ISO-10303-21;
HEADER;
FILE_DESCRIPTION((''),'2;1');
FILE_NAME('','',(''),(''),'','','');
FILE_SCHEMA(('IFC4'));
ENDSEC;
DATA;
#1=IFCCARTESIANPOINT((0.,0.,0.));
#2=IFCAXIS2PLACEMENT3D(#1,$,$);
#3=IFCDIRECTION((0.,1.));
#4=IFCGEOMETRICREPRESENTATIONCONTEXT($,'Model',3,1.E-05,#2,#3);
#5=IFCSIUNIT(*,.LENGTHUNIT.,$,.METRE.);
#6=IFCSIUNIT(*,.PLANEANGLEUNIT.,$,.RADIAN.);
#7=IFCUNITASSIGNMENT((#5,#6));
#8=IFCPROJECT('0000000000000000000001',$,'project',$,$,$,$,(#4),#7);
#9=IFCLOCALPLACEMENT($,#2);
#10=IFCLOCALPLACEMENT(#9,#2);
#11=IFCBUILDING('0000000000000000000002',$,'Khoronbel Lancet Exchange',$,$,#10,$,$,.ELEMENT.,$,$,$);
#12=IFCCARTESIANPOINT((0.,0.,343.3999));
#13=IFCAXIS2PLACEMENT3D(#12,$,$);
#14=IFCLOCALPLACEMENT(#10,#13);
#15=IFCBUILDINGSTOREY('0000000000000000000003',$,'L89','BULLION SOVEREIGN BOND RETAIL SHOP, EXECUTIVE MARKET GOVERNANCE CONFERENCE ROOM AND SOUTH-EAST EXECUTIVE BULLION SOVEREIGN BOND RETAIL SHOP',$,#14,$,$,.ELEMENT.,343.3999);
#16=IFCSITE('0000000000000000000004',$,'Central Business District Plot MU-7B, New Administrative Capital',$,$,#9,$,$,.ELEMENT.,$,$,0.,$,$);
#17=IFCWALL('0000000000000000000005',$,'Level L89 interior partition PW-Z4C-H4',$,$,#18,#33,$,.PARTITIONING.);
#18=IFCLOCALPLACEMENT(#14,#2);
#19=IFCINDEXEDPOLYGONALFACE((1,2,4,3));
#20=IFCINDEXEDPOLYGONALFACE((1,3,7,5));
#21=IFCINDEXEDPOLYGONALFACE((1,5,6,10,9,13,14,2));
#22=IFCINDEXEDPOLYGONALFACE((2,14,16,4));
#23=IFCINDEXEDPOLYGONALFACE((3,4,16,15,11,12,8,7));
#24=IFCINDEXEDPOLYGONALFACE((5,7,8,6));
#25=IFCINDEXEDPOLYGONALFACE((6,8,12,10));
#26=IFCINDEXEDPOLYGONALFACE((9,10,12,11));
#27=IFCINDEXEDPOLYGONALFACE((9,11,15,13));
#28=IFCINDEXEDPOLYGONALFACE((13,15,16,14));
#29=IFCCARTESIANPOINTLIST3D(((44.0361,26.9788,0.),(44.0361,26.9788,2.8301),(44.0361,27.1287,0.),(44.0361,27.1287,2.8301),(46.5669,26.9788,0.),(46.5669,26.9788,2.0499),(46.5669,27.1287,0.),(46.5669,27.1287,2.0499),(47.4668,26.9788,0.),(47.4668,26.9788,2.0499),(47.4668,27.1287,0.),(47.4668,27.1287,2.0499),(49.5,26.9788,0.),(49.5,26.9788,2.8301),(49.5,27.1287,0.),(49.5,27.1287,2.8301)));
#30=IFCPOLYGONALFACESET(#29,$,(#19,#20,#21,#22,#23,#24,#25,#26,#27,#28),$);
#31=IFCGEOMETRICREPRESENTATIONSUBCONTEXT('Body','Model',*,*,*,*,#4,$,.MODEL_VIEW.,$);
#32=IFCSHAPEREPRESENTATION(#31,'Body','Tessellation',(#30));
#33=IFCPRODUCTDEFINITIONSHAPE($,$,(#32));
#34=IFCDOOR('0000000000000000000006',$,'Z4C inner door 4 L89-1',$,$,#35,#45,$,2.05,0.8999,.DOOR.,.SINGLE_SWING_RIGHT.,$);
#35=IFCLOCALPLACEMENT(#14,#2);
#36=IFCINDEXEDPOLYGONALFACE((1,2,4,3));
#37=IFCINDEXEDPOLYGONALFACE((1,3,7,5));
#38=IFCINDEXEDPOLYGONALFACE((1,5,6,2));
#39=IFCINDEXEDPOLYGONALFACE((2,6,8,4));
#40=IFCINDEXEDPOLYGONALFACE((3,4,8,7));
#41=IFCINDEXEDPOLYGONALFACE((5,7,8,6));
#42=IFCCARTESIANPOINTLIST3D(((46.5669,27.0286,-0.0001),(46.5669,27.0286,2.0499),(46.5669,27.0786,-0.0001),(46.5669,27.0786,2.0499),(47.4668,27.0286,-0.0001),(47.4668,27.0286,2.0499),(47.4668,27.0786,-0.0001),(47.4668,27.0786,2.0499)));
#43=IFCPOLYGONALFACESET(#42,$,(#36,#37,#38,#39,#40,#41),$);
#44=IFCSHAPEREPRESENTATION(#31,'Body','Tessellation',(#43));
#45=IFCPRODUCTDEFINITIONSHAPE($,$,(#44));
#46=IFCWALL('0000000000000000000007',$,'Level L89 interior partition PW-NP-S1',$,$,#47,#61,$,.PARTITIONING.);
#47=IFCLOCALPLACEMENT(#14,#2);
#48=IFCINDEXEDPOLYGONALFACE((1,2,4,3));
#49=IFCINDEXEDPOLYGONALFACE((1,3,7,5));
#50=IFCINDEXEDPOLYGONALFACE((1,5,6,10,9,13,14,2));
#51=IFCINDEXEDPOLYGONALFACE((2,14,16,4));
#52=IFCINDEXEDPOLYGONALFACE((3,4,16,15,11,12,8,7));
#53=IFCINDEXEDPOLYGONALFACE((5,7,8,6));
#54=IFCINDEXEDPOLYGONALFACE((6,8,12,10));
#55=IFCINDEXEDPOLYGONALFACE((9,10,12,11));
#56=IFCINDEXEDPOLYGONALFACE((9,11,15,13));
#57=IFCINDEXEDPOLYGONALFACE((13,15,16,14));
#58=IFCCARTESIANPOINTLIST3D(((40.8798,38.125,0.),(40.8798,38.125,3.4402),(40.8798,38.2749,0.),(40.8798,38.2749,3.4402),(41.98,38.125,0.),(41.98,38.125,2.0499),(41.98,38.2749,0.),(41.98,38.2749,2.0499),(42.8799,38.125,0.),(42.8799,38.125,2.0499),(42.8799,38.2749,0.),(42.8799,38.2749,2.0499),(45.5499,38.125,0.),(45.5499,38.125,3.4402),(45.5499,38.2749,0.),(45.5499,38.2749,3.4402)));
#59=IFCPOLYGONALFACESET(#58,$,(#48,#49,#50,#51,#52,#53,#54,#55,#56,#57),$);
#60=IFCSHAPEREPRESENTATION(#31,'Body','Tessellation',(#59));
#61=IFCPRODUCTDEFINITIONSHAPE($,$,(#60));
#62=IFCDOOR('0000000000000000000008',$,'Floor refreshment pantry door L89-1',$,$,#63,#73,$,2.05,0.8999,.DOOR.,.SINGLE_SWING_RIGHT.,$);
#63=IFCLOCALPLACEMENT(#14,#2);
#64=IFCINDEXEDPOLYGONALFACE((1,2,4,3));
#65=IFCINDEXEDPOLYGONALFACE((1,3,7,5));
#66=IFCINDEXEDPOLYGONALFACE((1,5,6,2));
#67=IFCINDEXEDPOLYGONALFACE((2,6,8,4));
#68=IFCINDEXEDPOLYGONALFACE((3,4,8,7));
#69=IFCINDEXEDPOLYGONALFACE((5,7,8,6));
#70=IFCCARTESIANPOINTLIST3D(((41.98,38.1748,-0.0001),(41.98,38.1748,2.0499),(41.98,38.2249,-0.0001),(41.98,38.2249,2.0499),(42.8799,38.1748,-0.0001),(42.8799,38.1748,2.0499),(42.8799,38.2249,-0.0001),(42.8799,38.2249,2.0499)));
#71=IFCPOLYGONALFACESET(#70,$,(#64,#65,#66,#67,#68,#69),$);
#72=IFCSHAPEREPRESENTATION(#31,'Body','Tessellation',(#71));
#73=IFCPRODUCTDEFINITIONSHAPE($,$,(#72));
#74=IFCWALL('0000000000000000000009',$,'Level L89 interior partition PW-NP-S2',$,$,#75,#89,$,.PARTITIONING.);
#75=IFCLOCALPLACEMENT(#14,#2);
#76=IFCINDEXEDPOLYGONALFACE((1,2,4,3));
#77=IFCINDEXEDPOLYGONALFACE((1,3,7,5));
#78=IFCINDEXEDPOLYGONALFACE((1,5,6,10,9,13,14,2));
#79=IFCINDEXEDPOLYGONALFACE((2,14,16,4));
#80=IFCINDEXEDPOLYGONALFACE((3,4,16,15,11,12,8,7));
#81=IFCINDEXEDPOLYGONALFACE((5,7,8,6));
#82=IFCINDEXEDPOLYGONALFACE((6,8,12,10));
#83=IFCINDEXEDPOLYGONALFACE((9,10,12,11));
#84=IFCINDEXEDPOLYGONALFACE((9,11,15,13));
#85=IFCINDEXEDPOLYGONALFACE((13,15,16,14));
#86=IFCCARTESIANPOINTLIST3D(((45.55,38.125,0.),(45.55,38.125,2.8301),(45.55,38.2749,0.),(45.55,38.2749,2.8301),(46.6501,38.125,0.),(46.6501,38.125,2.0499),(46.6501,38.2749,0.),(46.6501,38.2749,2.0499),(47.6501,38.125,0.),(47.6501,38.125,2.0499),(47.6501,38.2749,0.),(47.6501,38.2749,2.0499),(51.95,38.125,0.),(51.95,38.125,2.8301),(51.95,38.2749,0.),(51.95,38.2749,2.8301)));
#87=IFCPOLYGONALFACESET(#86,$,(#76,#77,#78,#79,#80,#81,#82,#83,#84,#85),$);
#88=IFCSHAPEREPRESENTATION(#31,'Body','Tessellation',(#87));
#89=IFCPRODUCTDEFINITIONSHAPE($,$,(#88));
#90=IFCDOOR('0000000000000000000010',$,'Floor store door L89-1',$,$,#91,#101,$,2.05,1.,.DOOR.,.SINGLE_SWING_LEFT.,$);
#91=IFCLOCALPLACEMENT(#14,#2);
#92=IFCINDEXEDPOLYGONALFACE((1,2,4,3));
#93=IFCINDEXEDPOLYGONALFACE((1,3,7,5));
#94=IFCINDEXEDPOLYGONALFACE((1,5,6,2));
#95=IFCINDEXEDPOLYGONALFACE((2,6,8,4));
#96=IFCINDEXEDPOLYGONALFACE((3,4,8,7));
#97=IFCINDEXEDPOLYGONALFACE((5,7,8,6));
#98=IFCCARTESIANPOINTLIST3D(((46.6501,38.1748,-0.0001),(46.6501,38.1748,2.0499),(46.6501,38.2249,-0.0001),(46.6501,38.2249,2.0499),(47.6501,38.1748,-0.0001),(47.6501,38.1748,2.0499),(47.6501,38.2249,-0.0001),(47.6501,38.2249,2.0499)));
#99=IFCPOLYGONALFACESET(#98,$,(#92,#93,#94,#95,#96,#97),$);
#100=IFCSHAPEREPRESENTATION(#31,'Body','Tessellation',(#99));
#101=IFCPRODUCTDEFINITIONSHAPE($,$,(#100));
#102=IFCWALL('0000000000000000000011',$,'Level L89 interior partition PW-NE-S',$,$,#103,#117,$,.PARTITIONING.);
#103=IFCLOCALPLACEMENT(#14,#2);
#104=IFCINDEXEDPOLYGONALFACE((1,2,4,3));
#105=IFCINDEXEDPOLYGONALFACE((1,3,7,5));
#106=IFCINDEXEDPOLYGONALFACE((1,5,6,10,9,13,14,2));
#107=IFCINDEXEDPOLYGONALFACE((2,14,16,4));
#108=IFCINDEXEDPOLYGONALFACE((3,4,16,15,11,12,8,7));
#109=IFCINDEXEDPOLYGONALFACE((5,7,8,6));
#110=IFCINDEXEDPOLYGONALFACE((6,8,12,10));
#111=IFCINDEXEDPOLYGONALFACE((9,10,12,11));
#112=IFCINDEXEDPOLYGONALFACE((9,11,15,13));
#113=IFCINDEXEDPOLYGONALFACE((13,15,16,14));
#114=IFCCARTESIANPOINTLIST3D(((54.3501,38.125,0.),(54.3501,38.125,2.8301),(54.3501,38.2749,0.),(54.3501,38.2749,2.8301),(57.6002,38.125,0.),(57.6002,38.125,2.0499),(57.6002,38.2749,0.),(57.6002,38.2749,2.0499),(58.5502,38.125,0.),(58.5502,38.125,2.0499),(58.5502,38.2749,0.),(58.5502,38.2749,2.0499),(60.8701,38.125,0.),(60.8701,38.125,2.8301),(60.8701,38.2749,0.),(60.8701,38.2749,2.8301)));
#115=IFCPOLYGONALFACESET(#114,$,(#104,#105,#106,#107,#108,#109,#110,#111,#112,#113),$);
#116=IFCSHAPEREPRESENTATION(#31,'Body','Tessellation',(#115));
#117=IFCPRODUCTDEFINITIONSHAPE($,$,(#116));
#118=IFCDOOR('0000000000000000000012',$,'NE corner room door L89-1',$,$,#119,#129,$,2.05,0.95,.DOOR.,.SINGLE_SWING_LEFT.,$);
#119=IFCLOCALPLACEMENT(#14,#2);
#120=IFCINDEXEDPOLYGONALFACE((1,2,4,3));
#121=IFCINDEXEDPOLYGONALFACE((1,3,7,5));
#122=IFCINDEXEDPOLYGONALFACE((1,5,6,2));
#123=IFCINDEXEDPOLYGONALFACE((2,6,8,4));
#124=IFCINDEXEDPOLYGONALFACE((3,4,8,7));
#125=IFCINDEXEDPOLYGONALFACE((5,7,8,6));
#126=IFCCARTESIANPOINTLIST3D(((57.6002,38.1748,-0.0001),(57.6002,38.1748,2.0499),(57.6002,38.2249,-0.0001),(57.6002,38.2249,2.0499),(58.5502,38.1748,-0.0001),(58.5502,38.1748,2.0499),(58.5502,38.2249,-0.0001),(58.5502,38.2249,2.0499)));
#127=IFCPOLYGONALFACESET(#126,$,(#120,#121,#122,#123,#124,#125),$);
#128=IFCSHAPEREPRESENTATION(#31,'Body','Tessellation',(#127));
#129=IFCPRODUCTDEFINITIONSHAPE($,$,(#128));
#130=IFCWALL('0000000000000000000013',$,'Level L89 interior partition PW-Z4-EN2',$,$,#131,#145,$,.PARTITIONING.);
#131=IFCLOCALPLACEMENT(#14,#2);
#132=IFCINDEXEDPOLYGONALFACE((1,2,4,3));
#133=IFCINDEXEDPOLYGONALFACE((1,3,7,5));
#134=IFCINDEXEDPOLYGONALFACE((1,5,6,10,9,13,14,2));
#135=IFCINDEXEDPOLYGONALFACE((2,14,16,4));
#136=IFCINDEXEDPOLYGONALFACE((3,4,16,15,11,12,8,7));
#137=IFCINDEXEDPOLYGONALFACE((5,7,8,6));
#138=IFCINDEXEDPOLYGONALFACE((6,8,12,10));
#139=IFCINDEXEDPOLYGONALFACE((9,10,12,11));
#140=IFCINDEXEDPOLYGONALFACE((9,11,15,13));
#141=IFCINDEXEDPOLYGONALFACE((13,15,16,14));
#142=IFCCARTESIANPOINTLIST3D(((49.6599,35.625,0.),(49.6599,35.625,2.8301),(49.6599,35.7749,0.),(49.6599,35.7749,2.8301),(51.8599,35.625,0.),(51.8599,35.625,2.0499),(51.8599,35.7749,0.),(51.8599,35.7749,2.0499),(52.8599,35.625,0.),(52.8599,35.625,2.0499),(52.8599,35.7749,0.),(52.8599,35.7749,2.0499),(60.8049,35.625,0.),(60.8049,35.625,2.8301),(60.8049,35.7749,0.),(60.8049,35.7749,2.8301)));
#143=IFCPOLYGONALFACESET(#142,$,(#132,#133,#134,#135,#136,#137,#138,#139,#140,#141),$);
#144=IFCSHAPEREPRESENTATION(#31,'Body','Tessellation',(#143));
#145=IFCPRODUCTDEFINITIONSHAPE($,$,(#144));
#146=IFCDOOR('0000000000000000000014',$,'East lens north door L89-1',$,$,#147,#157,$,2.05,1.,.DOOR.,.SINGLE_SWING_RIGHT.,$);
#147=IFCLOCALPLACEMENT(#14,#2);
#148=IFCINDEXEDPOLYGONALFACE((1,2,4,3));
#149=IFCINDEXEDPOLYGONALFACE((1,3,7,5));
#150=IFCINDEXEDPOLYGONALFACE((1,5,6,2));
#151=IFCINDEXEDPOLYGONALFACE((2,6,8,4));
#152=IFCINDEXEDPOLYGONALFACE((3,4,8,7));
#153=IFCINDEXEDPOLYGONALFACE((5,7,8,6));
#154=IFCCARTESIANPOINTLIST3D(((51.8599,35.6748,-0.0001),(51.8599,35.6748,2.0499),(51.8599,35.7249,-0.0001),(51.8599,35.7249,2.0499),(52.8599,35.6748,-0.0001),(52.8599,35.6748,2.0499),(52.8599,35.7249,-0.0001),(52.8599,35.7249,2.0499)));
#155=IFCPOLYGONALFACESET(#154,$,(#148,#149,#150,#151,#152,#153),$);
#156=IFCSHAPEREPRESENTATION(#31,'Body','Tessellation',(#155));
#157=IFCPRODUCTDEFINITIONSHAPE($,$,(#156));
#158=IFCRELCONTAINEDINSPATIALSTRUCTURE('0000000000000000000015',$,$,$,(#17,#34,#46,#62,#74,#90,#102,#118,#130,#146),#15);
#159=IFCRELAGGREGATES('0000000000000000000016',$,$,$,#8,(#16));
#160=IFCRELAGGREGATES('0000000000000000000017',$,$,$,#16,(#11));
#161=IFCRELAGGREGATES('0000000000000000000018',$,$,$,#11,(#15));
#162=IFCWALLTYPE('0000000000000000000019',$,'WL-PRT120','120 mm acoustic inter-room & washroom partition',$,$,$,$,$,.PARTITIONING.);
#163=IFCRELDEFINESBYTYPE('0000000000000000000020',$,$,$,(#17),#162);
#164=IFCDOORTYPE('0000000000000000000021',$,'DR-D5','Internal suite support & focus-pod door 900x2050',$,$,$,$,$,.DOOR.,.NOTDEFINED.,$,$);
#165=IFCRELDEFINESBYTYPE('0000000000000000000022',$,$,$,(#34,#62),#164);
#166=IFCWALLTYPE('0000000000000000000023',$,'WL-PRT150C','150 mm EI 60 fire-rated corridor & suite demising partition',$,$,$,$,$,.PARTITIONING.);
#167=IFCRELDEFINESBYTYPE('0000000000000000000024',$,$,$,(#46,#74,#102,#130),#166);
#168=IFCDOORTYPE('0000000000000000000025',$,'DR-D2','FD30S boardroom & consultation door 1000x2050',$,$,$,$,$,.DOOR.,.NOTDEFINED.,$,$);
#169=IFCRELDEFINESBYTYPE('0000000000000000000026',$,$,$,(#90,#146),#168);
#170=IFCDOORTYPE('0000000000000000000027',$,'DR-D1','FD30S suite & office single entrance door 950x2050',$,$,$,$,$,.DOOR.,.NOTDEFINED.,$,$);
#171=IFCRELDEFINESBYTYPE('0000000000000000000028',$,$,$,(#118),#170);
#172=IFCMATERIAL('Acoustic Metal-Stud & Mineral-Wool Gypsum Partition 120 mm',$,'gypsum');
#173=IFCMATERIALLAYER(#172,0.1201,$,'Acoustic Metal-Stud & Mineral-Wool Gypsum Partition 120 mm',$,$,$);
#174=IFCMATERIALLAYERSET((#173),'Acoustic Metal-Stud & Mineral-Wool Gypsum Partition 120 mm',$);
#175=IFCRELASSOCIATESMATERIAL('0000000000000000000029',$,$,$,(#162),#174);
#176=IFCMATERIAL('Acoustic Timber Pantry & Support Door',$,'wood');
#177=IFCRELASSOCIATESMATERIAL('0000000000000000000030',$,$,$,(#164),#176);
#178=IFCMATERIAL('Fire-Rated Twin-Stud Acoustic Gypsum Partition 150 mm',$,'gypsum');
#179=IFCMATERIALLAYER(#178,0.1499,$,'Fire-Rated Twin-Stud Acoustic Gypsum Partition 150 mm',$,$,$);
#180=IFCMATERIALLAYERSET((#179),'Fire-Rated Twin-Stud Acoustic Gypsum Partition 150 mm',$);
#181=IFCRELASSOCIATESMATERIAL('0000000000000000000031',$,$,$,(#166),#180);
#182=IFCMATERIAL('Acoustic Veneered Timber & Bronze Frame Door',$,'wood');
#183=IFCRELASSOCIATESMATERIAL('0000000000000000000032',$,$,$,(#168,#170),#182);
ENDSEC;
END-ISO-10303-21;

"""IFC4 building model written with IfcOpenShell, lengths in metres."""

from ifc_helpers import new_model, si_unit, direction, frame, frame_2d, origin, place, context, subcontext, project, spatial, rectangle, extrude, material, layer, layer_set, type_object, element, fill, save


model = new_model("IFC4")

# Units and contexts
model_context = context("Model", 3, precision=1e-05, world=origin(), true_north=direction((0.0, 1.0)))
body_context = subcontext(model_context, "Body", "Model", "MODEL_VIEW")
ifc_project = project(units=[si_unit("LENGTHUNIT", "METRE"), si_unit("PLANEANGLEUNIT", "RADIAN")], contexts=[model_context])

# Site, building, storey
site_placement = place(None, origin())
site = spatial("IfcSite", under=ifc_project, at=site_placement, Name="Central Business District Plot MU-7B, New Administrative Capital", CompositionType="ELEMENT", RefElevation=0.0)
building_placement = place(site_placement, origin())
building = spatial("IfcBuilding", under=site, at=building_placement, Name="Khoronbel Lancet Exchange", CompositionType="ELEMENT")
storey_placement = place(building_placement, frame((0.0, 0.0, 343.3999)))
storey = spatial("IfcBuildingStorey", under=building, at=storey_placement, Name="L89", Description="BULLION SOVEREIGN BOND RETAIL SHOP, EXECUTIVE MARKET GOVERNANCE CONFERENCE ROOM AND SOUTH-EAST EXECUTIVE BULLION SOVEREIGN BOND RETAIL SHOP", CompositionType="ELEMENT", Elevation=343.3999)

# Walls, openings, doors
ifc_material_1 = material(Name="Acoustic Metal-Stud & Mineral-Wool Gypsum Partition 120 mm", Category="gypsum")
ifc_layer_1 = layer(ifc_material_1, 0.1201, Name="Acoustic Metal-Stud & Mineral-Wool Gypsum Partition 120 mm")
ifc_layer_set_1 = layer_set([ifc_layer_1], Name="Acoustic Metal-Stud & Mineral-Wool Gypsum Partition 120 mm")
wall_type_1 = type_object("IfcWallType", Name="WL-PRT120", Description="120 mm acoustic inter-room & washroom partition", PredefinedType="PARTITIONING", material=ifc_layer_set_1)
ifc_material_2 = material(Name="Acoustic Timber Pantry & Support Door", Category="wood")
door_type_1 = type_object("IfcDoorType", Name="DR-D5", Description="Internal suite support & focus-pod door 900x2050", OperationType="NOTDEFINED", PredefinedType="DOOR", material=ifc_material_2)
wall_1_placement = place(storey_placement, frame((44.0361, 27.0537, 0.0), z_axis=(0.0, 0.0, 1.0), x_axis=(1.0, 0.0, 0.0)))
wall_1 = element("IfcWall", 1, at=wall_1_placement, inside=storey, type_object=wall_type_1, Name="Level L89 interior partition PW-Z4C-H4", PredefinedType="PARTITIONING", context=body_context, shape_type="SweptSolid", body=[
    extrude(rectangle(XDim=5.4639, YDim=0.1499, at=frame_2d((2.7319, 0.0))), origin(), (0.0, 0.0, 1.0), 2.8301),
])
opening_1_placement = place(wall_1_placement, frame((2.5308, 0.0, 0.0)))
opening_1 = element("IfcOpeningElement", 2, at=opening_1_placement, cuts=wall_1, PredefinedType="OPENING", context=body_context, shape_type="SweptSolid", body=[
    extrude(rectangle(XDim=0.8999, YDim=2.05, at=frame_2d((0.45, 1.0249))), frame((0.0, 0.085, 0.0), z_axis=(0.0, -1.0, 0.0), x_axis=(1.0, 0.0, 0.0)), (0.0, 0.0, 1.0), 0.1699),
])
door_1_placement = place(opening_1_placement, origin())
door_1 = element("IfcDoor", 3, at=door_1_placement, inside=storey, type_object=door_type_1, Name="Z4C inner door 4 L89-1", OperationType="SINGLE_SWING_RIGHT", OverallHeight=2.05, OverallWidth=0.8999, PredefinedType="DOOR", context=body_context, shape_type="SweptSolid", body=[
    extrude(rectangle(XDim=0.8999, YDim=2.05, at=frame_2d((0.45, 1.0249))), frame((0.0, 0.0249, 0.0), z_axis=(0.0, -1.0, 0.0), x_axis=(1.0, 0.0, 0.0)), (0.0, 0.0, 1.0), 0.05),
])
fill(opening_1, door_1)
ifc_material_3 = material(Name="Fire-Rated Twin-Stud Acoustic Gypsum Partition 150 mm", Category="gypsum")
ifc_layer_2 = layer(ifc_material_3, 0.1499, Name="Fire-Rated Twin-Stud Acoustic Gypsum Partition 150 mm")
ifc_layer_set_2 = layer_set([ifc_layer_2], Name="Fire-Rated Twin-Stud Acoustic Gypsum Partition 150 mm")
wall_type_2 = type_object("IfcWallType", Name="WL-PRT150C", Description="150 mm EI 60 fire-rated corridor & suite demising partition", PredefinedType="PARTITIONING", material=ifc_layer_set_2)
wall_2_placement = place(storey_placement, frame((40.8799, 38.2, 0.0), z_axis=(0.0, 0.0, 1.0), x_axis=(1.0, 0.0, 0.0)))
wall_2 = element("IfcWall", 4, at=wall_2_placement, inside=storey, type_object=wall_type_2, Name="Level L89 interior partition PW-NP-S1", PredefinedType="PARTITIONING", context=body_context, shape_type="SweptSolid", body=[
    extrude(rectangle(XDim=4.6702, YDim=0.1499, at=frame_2d((2.335, 0.0))), origin(), (0.0, 0.0, 1.0), 3.4402),
])
opening_2_placement = place(wall_2_placement, frame((1.1001, 0.0, 0.0)))
opening_2 = element("IfcOpeningElement", 5, at=opening_2_placement, cuts=wall_2, PredefinedType="OPENING", context=body_context, shape_type="SweptSolid", body=[
    extrude(rectangle(XDim=0.8999, YDim=2.05, at=frame_2d((0.45, 1.0249))), frame((0.0, 0.085, 0.0), z_axis=(0.0, -1.0, 0.0), x_axis=(1.0, 0.0, 0.0)), (0.0, 0.0, 1.0), 0.1699),
])
door_2_placement = place(opening_2_placement, origin())
door_2 = element("IfcDoor", 6, at=door_2_placement, inside=storey, type_object=door_type_1, Name="Floor refreshment pantry door L89-1", OperationType="SINGLE_SWING_RIGHT", OverallHeight=2.05, OverallWidth=0.8999, PredefinedType="DOOR", context=body_context, shape_type="SweptSolid", body=[
    extrude(rectangle(XDim=0.8999, YDim=2.05, at=frame_2d((0.45, 1.0249))), frame((0.0, 0.0249, 0.0), z_axis=(0.0, -1.0, 0.0), x_axis=(1.0, 0.0, 0.0)), (0.0, 0.0, 1.0), 0.05),
])
fill(opening_2, door_2)
wall_3_placement = place(storey_placement, frame((45.55, 38.2, 0.0), z_axis=(0.0, 0.0, 1.0), x_axis=(1.0, 0.0, 0.0)))
wall_3 = element("IfcWall", 7, at=wall_3_placement, inside=storey, type_object=wall_type_2, Name="Level L89 interior partition PW-NP-S2", PredefinedType="PARTITIONING", context=body_context, shape_type="SweptSolid", body=[
    extrude(rectangle(XDim=6.3999, YDim=0.1499, at=frame_2d((3.2, 0.0))), origin(), (0.0, 0.0, 1.0), 2.8301),
])
opening_3_placement = place(wall_3_placement, frame((1.1001, 0.0, 0.0)))
opening_3 = element("IfcOpeningElement", 8, at=opening_3_placement, cuts=wall_3, PredefinedType="OPENING", context=body_context, shape_type="SweptSolid", body=[
    extrude(rectangle(XDim=1.0, YDim=2.05, at=frame_2d((0.5, 1.0249))), frame((0.0, 0.085, 0.0), z_axis=(0.0, -1.0, 0.0), x_axis=(1.0, 0.0, 0.0)), (0.0, 0.0, 1.0), 0.1699),
])
ifc_material_4 = material(Name="Acoustic Veneered Timber & Bronze Frame Door", Category="wood")
door_type_2 = type_object("IfcDoorType", Name="DR-D2", Description="FD30S boardroom & consultation door 1000x2050", OperationType="NOTDEFINED", PredefinedType="DOOR", material=ifc_material_4)
door_3_placement = place(opening_3_placement, origin())
door_3 = element("IfcDoor", 9, at=door_3_placement, inside=storey, type_object=door_type_2, Name="Floor store door L89-1", OperationType="SINGLE_SWING_LEFT", OverallHeight=2.05, OverallWidth=1.0, PredefinedType="DOOR", context=body_context, shape_type="SweptSolid", body=[
    extrude(rectangle(XDim=1.0, YDim=2.05, at=frame_2d((0.5, 1.0249))), frame((0.0, 0.0249, 0.0), z_axis=(0.0, -1.0, 0.0), x_axis=(1.0, 0.0, 0.0)), (0.0, 0.0, 1.0), 0.05),
])
fill(opening_3, door_3)
wall_4_placement = place(storey_placement, frame((54.3501, 38.2, 0.0), z_axis=(0.0, 0.0, 1.0), x_axis=(1.0, 0.0, 0.0)))
wall_4 = element("IfcWall", 10, at=wall_4_placement, inside=storey, type_object=wall_type_2, Name="Level L89 interior partition PW-NE-S", PredefinedType="PARTITIONING", context=body_context, shape_type="SweptSolid", body=[
    extrude(rectangle(XDim=6.52, YDim=0.1499, at=frame_2d((3.26, 0.0))), origin(), (0.0, 0.0, 1.0), 2.8301),
])
opening_4_placement = place(wall_4_placement, frame((3.25, 0.0, 0.0)))
opening_4 = element("IfcOpeningElement", 11, at=opening_4_placement, cuts=wall_4, PredefinedType="OPENING", context=body_context, shape_type="SweptSolid", body=[
    extrude(rectangle(XDim=0.95, YDim=2.05, at=frame_2d((0.4751, 1.0249))), frame((0.0, 0.085, 0.0), z_axis=(0.0, -1.0, 0.0), x_axis=(1.0, 0.0, 0.0)), (0.0, 0.0, 1.0), 0.1699),
])
door_type_3 = type_object("IfcDoorType", Name="DR-D1", Description="FD30S suite & office single entrance door 950x2050", OperationType="NOTDEFINED", PredefinedType="DOOR", material=ifc_material_4)
door_4_placement = place(opening_4_placement, origin())
door_4 = element("IfcDoor", 12, at=door_4_placement, inside=storey, type_object=door_type_3, Name="NE corner room door L89-1", OperationType="SINGLE_SWING_LEFT", OverallHeight=2.05, OverallWidth=0.95, PredefinedType="DOOR", context=body_context, shape_type="SweptSolid", body=[
    extrude(rectangle(XDim=0.95, YDim=2.05, at=frame_2d((0.4751, 1.0249))), frame((0.0, 0.0249, 0.0), z_axis=(0.0, -1.0, 0.0), x_axis=(1.0, 0.0, 0.0)), (0.0, 0.0, 1.0), 0.05),
])
fill(opening_4, door_4)
wall_5_placement = place(storey_placement, frame((49.6599, 35.7, 0.0), z_axis=(0.0, 0.0, 1.0), x_axis=(1.0, 0.0, 0.0)))
wall_5 = element("IfcWall", 13, at=wall_5_placement, inside=storey, type_object=wall_type_2, Name="Level L89 interior partition PW-Z4-EN2", PredefinedType="PARTITIONING", context=body_context, shape_type="SweptSolid", body=[
    extrude(rectangle(XDim=11.145, YDim=0.1499, at=frame_2d((5.5725, 0.0))), origin(), (0.0, 0.0, 1.0), 2.8301),
])
opening_5_placement = place(wall_5_placement, frame((2.2, 0.0, 0.0)))
opening_5 = element("IfcOpeningElement", 14, at=opening_5_placement, cuts=wall_5, PredefinedType="OPENING", context=body_context, shape_type="SweptSolid", body=[
    extrude(rectangle(XDim=1.0, YDim=2.05, at=frame_2d((0.5, 1.0249))), frame((0.0, 0.085, 0.0), z_axis=(0.0, -1.0, 0.0), x_axis=(1.0, 0.0, 0.0)), (0.0, 0.0, 1.0), 0.1699),
])
door_5_placement = place(opening_5_placement, origin())
door_5 = element("IfcDoor", 15, at=door_5_placement, inside=storey, type_object=door_type_2, Name="East lens north door L89-1", OperationType="SINGLE_SWING_RIGHT", OverallHeight=2.05, OverallWidth=1.0, PredefinedType="DOOR", context=body_context, shape_type="SweptSolid", body=[
    extrude(rectangle(XDim=1.0, YDim=2.05, at=frame_2d((0.5, 1.0249))), frame((0.0, 0.0249, 0.0), z_axis=(0.0, -1.0, 0.0), x_axis=(1.0, 0.0, 0.0)), (0.0, 0.0, 1.0), 0.05),
])
fill(opening_5, door_5)

save(model, "model.ifc")
